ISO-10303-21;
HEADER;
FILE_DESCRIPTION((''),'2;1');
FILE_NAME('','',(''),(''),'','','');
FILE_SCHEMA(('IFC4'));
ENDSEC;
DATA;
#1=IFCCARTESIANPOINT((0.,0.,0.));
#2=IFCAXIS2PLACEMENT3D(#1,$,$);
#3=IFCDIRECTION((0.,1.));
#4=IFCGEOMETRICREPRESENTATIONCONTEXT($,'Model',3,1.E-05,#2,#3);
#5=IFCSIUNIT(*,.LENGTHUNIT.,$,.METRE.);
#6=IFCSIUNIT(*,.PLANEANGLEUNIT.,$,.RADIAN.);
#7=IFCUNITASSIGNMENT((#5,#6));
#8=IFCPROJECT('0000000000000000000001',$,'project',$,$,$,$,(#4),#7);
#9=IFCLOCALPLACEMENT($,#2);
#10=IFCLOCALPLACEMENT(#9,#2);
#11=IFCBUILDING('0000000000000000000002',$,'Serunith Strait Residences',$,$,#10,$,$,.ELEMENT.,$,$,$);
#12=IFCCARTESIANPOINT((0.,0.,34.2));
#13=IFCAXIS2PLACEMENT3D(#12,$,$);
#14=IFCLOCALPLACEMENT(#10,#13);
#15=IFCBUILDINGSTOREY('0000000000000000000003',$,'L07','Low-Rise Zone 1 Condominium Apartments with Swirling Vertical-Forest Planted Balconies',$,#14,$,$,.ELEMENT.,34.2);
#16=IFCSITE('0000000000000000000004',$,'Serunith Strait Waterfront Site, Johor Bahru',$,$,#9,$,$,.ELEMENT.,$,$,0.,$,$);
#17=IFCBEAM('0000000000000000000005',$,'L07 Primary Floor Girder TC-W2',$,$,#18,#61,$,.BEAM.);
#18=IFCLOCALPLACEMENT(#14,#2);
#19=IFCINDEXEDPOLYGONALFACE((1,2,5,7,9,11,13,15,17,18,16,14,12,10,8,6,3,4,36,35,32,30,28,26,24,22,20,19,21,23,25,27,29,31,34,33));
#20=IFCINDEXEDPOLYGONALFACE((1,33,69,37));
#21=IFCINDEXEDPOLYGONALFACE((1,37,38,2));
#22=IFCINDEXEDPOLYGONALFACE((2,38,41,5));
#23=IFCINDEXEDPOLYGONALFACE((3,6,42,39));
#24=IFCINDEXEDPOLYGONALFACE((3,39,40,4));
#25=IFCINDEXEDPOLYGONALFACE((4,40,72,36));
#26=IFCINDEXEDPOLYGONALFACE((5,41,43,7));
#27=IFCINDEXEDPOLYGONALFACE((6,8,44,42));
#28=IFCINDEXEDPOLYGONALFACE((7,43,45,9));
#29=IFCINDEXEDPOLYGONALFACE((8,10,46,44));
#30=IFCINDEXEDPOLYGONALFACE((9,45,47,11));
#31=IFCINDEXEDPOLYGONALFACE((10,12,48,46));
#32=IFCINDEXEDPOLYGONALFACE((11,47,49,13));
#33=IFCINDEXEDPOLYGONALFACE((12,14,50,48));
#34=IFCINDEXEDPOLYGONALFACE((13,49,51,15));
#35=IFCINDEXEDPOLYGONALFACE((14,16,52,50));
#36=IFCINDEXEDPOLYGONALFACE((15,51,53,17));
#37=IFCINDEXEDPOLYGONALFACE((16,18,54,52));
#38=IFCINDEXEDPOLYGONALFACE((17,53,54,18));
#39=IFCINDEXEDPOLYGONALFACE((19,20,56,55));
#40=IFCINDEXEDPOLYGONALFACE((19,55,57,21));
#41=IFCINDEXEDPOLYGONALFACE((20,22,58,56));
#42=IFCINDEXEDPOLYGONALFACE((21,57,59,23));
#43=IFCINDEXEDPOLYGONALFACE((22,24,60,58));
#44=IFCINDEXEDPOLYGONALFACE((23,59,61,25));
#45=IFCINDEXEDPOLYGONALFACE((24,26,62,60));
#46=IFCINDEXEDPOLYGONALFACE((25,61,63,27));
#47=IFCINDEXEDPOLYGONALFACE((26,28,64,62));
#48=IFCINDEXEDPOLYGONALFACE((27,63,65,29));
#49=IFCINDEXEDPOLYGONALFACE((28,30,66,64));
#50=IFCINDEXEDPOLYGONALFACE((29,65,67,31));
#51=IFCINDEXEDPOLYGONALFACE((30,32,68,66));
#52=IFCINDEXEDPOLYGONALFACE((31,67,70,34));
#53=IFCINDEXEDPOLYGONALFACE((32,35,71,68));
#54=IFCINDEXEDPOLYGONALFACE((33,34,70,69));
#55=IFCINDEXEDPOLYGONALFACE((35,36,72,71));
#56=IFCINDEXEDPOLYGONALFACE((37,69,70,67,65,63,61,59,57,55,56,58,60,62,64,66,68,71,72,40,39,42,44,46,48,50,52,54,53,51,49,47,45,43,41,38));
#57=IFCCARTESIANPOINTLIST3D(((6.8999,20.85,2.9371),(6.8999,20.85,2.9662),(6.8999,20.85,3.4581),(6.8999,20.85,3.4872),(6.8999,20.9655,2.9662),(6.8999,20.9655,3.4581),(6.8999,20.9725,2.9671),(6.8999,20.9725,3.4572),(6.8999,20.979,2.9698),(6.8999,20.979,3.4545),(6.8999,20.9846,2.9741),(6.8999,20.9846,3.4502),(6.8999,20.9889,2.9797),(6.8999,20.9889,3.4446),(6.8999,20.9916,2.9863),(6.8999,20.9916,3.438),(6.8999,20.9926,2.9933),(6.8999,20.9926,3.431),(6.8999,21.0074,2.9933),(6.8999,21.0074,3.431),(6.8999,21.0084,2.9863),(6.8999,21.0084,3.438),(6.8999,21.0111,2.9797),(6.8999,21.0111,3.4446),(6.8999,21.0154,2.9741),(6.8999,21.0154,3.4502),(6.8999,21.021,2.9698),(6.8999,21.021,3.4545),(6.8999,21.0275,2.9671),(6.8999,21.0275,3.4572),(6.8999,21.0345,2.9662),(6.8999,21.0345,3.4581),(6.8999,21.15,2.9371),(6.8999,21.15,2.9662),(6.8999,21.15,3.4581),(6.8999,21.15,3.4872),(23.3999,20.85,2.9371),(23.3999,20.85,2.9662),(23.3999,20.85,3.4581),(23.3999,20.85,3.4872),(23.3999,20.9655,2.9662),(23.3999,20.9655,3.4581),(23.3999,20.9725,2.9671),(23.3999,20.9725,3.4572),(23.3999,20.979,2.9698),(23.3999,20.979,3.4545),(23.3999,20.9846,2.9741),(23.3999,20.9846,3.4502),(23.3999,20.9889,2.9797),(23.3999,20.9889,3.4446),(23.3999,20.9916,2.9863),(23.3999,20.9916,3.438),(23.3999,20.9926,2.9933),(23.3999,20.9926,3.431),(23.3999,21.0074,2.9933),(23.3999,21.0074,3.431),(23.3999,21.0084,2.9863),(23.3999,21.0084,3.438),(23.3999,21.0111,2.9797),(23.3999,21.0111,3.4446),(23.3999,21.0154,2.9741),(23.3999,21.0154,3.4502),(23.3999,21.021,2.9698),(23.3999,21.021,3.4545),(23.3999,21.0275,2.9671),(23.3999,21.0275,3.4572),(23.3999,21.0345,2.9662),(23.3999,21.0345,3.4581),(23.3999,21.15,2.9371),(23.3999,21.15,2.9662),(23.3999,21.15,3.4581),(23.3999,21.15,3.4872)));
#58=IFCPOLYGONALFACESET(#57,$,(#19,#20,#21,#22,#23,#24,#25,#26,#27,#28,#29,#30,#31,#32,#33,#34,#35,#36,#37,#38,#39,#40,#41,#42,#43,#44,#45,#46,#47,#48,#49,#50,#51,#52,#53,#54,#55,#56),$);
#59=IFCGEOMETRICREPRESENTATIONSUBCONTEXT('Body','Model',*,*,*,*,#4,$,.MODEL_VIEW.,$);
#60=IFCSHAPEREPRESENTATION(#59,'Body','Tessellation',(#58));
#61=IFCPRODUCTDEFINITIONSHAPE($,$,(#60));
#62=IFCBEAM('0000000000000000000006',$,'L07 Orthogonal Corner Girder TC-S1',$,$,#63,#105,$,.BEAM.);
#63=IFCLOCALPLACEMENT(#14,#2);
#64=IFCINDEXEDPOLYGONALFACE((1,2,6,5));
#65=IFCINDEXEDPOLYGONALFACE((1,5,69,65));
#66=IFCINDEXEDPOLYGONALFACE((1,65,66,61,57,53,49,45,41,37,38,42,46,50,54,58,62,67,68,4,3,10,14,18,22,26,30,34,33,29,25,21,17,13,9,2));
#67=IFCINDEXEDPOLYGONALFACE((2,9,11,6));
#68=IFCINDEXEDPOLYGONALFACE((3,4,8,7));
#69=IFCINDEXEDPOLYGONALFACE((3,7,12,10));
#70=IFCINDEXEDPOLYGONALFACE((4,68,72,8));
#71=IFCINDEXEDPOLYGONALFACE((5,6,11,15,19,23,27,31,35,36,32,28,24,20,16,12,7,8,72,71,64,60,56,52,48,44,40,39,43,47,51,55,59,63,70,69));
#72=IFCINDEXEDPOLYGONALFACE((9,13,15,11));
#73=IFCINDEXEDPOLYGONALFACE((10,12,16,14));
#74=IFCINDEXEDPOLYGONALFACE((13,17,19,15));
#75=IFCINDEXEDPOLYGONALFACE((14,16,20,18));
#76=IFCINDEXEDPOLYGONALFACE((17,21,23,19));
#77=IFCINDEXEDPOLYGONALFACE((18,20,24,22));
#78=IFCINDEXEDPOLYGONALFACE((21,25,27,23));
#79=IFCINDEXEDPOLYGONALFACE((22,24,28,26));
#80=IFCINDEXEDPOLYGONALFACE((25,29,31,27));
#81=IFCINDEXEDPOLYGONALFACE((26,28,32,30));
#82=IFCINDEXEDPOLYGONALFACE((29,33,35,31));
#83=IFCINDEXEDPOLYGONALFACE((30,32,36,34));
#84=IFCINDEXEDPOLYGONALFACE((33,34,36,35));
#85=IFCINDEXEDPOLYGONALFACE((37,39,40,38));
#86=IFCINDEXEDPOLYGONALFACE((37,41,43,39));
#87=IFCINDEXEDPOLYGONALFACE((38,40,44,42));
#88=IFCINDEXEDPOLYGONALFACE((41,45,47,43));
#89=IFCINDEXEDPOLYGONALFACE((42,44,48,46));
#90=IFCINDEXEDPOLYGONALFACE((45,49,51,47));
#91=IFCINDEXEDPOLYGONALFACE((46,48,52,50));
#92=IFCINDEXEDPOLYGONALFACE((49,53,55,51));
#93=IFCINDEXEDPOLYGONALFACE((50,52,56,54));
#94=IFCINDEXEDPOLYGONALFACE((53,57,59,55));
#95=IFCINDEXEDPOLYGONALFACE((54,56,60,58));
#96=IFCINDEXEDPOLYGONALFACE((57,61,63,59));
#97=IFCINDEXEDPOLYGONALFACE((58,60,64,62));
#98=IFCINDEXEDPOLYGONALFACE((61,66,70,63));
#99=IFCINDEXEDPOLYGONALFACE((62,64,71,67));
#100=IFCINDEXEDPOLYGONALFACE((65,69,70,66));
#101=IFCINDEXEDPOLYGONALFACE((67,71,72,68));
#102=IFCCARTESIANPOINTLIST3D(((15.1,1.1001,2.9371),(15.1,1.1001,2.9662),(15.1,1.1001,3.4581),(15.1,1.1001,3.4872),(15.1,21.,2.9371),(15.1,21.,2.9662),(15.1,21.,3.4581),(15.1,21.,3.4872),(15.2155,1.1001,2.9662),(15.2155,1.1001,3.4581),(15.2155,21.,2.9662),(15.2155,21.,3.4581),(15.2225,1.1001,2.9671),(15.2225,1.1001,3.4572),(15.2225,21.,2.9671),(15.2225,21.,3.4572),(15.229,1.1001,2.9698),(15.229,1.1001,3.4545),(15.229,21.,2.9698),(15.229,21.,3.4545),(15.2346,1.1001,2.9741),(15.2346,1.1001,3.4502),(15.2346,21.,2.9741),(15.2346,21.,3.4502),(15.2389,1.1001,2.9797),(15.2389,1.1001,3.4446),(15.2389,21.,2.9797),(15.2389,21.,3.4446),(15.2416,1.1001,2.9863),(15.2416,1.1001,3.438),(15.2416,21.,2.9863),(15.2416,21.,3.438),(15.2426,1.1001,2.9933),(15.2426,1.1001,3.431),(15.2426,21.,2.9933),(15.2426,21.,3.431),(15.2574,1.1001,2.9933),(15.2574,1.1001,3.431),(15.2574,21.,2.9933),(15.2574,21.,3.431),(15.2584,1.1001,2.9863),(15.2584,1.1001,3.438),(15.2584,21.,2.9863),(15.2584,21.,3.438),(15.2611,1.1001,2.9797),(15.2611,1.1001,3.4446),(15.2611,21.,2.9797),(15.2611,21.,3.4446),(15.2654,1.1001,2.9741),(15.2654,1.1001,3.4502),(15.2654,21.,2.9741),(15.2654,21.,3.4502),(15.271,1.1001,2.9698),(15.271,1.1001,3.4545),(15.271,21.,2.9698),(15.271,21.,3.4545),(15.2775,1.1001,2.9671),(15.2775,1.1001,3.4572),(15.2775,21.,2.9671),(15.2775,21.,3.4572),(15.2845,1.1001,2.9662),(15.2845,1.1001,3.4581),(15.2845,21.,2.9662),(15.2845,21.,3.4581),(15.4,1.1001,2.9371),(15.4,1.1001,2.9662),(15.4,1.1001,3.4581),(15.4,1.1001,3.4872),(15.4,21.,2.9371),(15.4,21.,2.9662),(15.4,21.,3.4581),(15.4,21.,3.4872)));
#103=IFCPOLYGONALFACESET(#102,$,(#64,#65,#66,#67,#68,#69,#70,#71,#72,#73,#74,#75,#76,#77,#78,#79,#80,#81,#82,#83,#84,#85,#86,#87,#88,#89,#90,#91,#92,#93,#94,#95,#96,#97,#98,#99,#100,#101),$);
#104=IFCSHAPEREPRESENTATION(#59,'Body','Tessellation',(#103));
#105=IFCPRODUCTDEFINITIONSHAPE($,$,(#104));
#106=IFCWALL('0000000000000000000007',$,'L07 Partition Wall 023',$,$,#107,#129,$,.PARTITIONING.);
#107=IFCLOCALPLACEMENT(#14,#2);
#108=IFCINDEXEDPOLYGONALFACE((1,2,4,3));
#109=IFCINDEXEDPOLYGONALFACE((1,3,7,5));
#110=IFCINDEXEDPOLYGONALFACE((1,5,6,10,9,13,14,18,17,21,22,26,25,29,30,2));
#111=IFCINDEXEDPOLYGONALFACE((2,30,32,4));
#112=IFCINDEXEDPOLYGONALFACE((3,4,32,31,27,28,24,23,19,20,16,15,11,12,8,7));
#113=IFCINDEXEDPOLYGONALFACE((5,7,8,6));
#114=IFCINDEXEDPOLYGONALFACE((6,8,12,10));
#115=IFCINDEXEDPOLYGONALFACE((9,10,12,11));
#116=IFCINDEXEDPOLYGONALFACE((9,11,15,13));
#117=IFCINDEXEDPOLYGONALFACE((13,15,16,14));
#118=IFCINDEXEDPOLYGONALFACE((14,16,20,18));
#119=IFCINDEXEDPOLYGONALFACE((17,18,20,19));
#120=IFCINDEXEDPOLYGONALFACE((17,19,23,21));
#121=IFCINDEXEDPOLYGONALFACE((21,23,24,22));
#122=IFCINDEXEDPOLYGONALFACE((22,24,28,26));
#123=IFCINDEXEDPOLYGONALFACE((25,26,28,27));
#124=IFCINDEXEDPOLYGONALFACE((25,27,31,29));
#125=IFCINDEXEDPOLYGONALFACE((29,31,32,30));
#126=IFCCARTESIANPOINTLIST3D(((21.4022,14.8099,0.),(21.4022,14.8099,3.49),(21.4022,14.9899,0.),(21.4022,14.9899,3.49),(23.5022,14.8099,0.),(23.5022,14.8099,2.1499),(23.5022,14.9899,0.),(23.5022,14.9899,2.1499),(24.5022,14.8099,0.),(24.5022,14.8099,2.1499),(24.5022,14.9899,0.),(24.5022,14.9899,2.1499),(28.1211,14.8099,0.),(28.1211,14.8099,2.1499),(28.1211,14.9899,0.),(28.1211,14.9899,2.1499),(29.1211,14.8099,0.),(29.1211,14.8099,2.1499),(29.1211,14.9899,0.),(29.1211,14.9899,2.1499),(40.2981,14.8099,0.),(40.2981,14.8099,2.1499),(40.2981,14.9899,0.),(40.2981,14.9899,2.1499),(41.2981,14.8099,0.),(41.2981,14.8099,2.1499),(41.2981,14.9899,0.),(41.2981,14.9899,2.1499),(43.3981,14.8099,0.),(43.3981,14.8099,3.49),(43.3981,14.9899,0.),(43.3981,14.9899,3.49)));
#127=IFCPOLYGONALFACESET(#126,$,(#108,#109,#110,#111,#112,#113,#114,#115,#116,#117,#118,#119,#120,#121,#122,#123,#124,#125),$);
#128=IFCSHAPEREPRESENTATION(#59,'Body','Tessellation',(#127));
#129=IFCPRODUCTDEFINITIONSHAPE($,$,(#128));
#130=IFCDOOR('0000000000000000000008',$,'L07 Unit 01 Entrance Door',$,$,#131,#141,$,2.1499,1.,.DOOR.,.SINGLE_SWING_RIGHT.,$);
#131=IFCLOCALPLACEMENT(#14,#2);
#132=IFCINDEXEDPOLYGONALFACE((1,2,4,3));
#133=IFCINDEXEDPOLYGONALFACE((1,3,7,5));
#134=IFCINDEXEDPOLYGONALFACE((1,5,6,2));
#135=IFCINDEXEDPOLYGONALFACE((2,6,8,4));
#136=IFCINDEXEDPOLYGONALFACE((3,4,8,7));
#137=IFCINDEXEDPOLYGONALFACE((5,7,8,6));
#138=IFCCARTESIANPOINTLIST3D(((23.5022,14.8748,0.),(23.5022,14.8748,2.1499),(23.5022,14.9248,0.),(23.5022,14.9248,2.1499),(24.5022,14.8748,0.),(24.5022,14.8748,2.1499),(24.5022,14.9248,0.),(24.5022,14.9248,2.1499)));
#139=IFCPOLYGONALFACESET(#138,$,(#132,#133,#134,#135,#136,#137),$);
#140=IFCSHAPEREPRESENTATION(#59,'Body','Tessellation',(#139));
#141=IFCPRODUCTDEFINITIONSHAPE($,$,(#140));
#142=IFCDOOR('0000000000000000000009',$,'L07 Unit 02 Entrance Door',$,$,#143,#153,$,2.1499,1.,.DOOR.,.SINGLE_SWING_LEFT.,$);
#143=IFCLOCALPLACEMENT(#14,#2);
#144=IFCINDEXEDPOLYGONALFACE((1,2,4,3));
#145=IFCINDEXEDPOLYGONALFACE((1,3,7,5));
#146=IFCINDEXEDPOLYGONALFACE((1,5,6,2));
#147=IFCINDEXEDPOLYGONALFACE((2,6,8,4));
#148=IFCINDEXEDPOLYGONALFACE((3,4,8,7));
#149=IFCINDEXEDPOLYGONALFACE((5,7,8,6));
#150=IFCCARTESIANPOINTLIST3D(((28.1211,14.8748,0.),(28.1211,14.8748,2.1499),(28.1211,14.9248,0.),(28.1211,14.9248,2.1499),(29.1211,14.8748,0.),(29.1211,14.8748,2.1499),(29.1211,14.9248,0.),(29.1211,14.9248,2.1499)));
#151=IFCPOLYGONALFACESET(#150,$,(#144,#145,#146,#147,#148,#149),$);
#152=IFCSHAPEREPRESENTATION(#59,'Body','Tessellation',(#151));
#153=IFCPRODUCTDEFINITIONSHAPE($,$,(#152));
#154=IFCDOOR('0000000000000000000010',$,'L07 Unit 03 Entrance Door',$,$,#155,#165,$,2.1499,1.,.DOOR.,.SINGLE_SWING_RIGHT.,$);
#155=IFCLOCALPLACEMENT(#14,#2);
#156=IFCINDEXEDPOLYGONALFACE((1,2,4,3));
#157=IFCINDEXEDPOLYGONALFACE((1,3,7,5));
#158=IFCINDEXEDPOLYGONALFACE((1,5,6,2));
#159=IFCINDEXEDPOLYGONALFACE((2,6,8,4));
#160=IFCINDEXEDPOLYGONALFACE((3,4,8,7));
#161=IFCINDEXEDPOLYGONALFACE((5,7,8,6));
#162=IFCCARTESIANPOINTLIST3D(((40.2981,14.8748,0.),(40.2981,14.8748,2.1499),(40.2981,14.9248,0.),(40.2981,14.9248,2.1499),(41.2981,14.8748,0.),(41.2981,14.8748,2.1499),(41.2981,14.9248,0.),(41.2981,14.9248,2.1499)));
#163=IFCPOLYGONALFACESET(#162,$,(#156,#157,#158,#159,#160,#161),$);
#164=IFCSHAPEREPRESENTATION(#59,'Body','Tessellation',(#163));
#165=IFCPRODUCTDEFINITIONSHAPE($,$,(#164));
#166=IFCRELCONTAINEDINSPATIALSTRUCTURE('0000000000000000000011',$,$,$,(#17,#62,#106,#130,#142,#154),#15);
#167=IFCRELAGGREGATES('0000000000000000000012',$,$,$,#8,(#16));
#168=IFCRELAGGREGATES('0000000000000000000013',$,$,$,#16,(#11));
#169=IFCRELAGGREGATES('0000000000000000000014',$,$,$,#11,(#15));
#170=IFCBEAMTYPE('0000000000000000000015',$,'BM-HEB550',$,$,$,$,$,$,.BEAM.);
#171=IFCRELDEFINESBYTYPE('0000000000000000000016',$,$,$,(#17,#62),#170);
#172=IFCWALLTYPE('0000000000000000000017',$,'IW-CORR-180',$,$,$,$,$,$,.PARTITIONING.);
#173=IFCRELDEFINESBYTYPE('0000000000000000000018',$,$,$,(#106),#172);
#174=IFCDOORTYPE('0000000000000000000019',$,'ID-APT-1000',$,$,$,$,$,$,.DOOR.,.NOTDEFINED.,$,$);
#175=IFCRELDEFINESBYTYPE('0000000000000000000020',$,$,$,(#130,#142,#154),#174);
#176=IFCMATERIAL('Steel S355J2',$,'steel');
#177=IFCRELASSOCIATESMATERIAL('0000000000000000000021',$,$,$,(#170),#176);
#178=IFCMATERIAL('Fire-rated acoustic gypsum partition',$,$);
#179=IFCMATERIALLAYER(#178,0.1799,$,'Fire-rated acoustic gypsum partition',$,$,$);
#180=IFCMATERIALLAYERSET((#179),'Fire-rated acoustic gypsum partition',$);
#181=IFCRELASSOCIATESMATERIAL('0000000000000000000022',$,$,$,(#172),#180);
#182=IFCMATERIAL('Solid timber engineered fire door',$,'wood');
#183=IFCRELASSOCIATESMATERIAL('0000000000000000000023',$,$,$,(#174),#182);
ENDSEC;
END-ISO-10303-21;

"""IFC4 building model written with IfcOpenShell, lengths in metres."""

from ifc_helpers import new_model, si_unit, direction, frame, frame_2d, origin, origin_2d, place, context, subcontext, project, spatial, rectangle, i_section, extrude, source, transform, mapped, material, layer, layer_set, material_profile, profile_set, type_object, element, fill, save


model = new_model("IFC4")

# Units and contexts
model_context = context("Model", 3, precision=1e-05, world=origin(), true_north=direction((0.0, 1.0)))
body_context = subcontext(model_context, "Body", "Model", "MODEL_VIEW")
ifc_project = project(units=[si_unit("LENGTHUNIT", "METRE"), si_unit("PLANEANGLEUNIT", "RADIAN")], contexts=[model_context])

# Site, building, storey
site_placement = place(None, origin())
site = spatial("IfcSite", under=ifc_project, at=site_placement, Name="Serunith Strait Waterfront Site, Johor Bahru", CompositionType="ELEMENT", RefElevation=0.0)
building_placement = place(site_placement, origin())
building = spatial("IfcBuilding", under=site, at=building_placement, Name="Serunith Strait Residences", CompositionType="ELEMENT")
storey_placement = place(building_placement, frame((0.0, 0.0, 34.2)))
storey = spatial("IfcBuildingStorey", under=building, at=storey_placement, Name="L07", Description="Low-Rise Zone 1 Condominium Apartments with Swirling Vertical-Forest Planted Balconies", CompositionType="ELEMENT", Elevation=34.2)

# Beams
ifc_material_1 = material(Name="Steel S355J2", Category="steel")
ifc_material_profile = material_profile(ifc_material_1, i_section(OverallWidth=0.3, OverallDepth=0.55, WebThickness=0.0149, FlangeThickness=0.0291, FilletRadius=0.0271, at=origin_2d()), Name="HEB 550")
ifc_profile_set = profile_set([ifc_material_profile], Name="Steel S355J2")
beam_type = type_object("IfcBeamType", Name="BM-HEB550", PredefinedType="BEAM", material=ifc_profile_set)
shared_shape_1 = source(origin(), body_context, "Body", "SweptSolid", [
    extrude(i_section(OverallWidth=0.3, OverallDepth=0.55, WebThickness=0.0149, FlangeThickness=0.0291, FilletRadius=0.0271, at=origin_2d()), origin(), (0.0, 0.0, 1.0), 16.5),
])
beam_1_placement = place(storey_placement, frame((23.3999, 21.0, 3.2122), z_axis=(-1.0, 0.0, 0.0), x_axis=(0.0, -1.0, 0.0)))
element("IfcBeam", 1, at=beam_1_placement, inside=storey, type_object=beam_type, Name="L07 Primary Floor Girder TC-W2", PredefinedType="BEAM", context=body_context, shape_type="MappedRepresentation", body=[
    mapped(shared_shape_1, transform((0.0, 0.0, 0.0), scale=1.0)),
])
shared_shape_2 = source(origin(), body_context, "Body", "SweptSolid", [
    extrude(i_section(OverallWidth=0.3, OverallDepth=0.55, WebThickness=0.0149, FlangeThickness=0.0291, FilletRadius=0.0271, at=origin_2d()), origin(), (0.0, 0.0, 1.0), 19.8999),
])
beam_2_placement = place(storey_placement, frame((15.25, 21.0, 3.2122), z_axis=(0.0, -1.0, 0.0), x_axis=(1.0, 0.0, 0.0)))
element("IfcBeam", 2, at=beam_2_placement, inside=storey, type_object=beam_type, Name="L07 Orthogonal Corner Girder TC-S1", PredefinedType="BEAM", context=body_context, shape_type="MappedRepresentation", body=[
    mapped(shared_shape_2, transform((0.0, 0.0, 0.0), scale=1.0)),
])

# Wall, openings, doors
ifc_material_2 = material(Name="Fire-rated acoustic gypsum partition")
ifc_layer_1 = layer(ifc_material_2, 0.1799, Name="Fire-rated acoustic gypsum partition")
ifc_layer_set_1 = layer_set([ifc_layer_1], Name="Fire-rated acoustic gypsum partition")
wall_type_1 = type_object("IfcWallType", Name="IW-CORR-180", PredefinedType="PARTITIONING", material=ifc_layer_set_1)
wall_1_placement = place(storey_placement, frame((21.4021, 14.8999, 0.0), z_axis=(0.0, 0.0, 1.0), x_axis=(1.0, 0.0, 0.0)))
wall_1 = element("IfcWall", 3, at=wall_1_placement, inside=storey, type_object=wall_type_1, Name="L07 Partition Wall 023", PredefinedType="PARTITIONING", context=body_context, shape_type="SweptSolid", body=[
    extrude(rectangle(XDim=21.9958, YDim=0.1799, at=frame_2d((10.998, 0.0))), origin(), (0.0, 0.0, 1.0), 3.49),
])
opening_1_placement = place(wall_1_placement, frame((2.1001, 0.0, 0.0)))
opening_1 = element("IfcOpeningElement", 4, at=opening_1_placement, cuts=wall_1, PredefinedType="OPENING", context=body_context, shape_type="SweptSolid", body=[
    extrude(rectangle(XDim=1.0, YDim=2.1499, at=frame_2d((0.5, 1.075))), frame((0.0, 0.1001, 0.0), z_axis=(0.0, -1.0, 0.0), x_axis=(1.0, 0.0, 0.0)), (0.0, 0.0, 1.0), 0.2),
])
opening_2_placement = place(wall_1_placement, frame((6.719, 0.0, 0.0)))
opening_2 = element("IfcOpeningElement", 5, at=opening_2_placement, cuts=wall_1, PredefinedType="OPENING", context=body_context, shape_type="SweptSolid", body=[
    extrude(rectangle(XDim=1.0, YDim=2.1499, at=frame_2d((0.5, 1.075))), frame((0.0, 0.1001, 0.0), z_axis=(0.0, -1.0, 0.0), x_axis=(1.0, 0.0, 0.0)), (0.0, 0.0, 1.0), 0.2),
])
opening_3_placement = place(wall_1_placement, frame((18.896, 0.0, 0.0)))
opening_3 = element("IfcOpeningElement", 6, at=opening_3_placement, cuts=wall_1, PredefinedType="OPENING", context=body_context, shape_type="SweptSolid", body=[
    extrude(rectangle(XDim=1.0, YDim=2.1499, at=frame_2d((0.5, 1.075))), frame((0.0, 0.1001, 0.0), z_axis=(0.0, -1.0, 0.0), x_axis=(1.0, 0.0, 0.0)), (0.0, 0.0, 1.0), 0.2),
])
ifc_material_3 = material(Name="Solid timber engineered fire door", Category="wood")
door_type_1 = type_object("IfcDoorType", Name="ID-APT-1000", OperationType="NOTDEFINED", PredefinedType="DOOR", material=ifc_material_3)
shared_shape_3 = source(origin(), body_context, "Body", "SweptSolid", [
    extrude(rectangle(XDim=1.0, YDim=2.1499, at=frame_2d((0.5, 1.075))), frame((0.0, 0.0249, 0.0), z_axis=(0.0, -1.0, 0.0), x_axis=(1.0, 0.0, 0.0)), (0.0, 0.0, 1.0), 0.05),
])
door_1_placement = place(opening_1_placement, origin())
door_1 = element("IfcDoor", 7, at=door_1_placement, inside=storey, type_object=door_type_1, Name="L07 Unit 01 Entrance Door", OperationType="SINGLE_SWING_RIGHT", OverallHeight=2.1499, OverallWidth=1.0, PredefinedType="DOOR", context=body_context, shape_type="MappedRepresentation", body=[
    mapped(shared_shape_3, transform((0.0, 0.0, 0.0), scale=1.0)),
])
fill(opening_1, door_1)
door_2_placement = place(opening_2_placement, origin())
door_2 = element("IfcDoor", 8, at=door_2_placement, inside=storey, type_object=door_type_1, Name="L07 Unit 02 Entrance Door", OperationType="SINGLE_SWING_LEFT", OverallHeight=2.1499, OverallWidth=1.0, PredefinedType="DOOR", context=body_context, shape_type="MappedRepresentation", body=[
    mapped(shared_shape_3, transform((0.0, 0.0, 0.0), scale=1.0)),
])
fill(opening_2, door_2)
door_3_placement = place(opening_3_placement, origin())
door_3 = element("IfcDoor", 9, at=door_3_placement, inside=storey, type_object=door_type_1, Name="L07 Unit 03 Entrance Door", OperationType="SINGLE_SWING_RIGHT", OverallHeight=2.1499, OverallWidth=1.0, PredefinedType="DOOR", context=body_context, shape_type="MappedRepresentation", body=[
    mapped(shared_shape_3, transform((0.0, 0.0, 0.0), scale=1.0)),
])
fill(opening_3, door_3)

save(model, "model.ifc")
